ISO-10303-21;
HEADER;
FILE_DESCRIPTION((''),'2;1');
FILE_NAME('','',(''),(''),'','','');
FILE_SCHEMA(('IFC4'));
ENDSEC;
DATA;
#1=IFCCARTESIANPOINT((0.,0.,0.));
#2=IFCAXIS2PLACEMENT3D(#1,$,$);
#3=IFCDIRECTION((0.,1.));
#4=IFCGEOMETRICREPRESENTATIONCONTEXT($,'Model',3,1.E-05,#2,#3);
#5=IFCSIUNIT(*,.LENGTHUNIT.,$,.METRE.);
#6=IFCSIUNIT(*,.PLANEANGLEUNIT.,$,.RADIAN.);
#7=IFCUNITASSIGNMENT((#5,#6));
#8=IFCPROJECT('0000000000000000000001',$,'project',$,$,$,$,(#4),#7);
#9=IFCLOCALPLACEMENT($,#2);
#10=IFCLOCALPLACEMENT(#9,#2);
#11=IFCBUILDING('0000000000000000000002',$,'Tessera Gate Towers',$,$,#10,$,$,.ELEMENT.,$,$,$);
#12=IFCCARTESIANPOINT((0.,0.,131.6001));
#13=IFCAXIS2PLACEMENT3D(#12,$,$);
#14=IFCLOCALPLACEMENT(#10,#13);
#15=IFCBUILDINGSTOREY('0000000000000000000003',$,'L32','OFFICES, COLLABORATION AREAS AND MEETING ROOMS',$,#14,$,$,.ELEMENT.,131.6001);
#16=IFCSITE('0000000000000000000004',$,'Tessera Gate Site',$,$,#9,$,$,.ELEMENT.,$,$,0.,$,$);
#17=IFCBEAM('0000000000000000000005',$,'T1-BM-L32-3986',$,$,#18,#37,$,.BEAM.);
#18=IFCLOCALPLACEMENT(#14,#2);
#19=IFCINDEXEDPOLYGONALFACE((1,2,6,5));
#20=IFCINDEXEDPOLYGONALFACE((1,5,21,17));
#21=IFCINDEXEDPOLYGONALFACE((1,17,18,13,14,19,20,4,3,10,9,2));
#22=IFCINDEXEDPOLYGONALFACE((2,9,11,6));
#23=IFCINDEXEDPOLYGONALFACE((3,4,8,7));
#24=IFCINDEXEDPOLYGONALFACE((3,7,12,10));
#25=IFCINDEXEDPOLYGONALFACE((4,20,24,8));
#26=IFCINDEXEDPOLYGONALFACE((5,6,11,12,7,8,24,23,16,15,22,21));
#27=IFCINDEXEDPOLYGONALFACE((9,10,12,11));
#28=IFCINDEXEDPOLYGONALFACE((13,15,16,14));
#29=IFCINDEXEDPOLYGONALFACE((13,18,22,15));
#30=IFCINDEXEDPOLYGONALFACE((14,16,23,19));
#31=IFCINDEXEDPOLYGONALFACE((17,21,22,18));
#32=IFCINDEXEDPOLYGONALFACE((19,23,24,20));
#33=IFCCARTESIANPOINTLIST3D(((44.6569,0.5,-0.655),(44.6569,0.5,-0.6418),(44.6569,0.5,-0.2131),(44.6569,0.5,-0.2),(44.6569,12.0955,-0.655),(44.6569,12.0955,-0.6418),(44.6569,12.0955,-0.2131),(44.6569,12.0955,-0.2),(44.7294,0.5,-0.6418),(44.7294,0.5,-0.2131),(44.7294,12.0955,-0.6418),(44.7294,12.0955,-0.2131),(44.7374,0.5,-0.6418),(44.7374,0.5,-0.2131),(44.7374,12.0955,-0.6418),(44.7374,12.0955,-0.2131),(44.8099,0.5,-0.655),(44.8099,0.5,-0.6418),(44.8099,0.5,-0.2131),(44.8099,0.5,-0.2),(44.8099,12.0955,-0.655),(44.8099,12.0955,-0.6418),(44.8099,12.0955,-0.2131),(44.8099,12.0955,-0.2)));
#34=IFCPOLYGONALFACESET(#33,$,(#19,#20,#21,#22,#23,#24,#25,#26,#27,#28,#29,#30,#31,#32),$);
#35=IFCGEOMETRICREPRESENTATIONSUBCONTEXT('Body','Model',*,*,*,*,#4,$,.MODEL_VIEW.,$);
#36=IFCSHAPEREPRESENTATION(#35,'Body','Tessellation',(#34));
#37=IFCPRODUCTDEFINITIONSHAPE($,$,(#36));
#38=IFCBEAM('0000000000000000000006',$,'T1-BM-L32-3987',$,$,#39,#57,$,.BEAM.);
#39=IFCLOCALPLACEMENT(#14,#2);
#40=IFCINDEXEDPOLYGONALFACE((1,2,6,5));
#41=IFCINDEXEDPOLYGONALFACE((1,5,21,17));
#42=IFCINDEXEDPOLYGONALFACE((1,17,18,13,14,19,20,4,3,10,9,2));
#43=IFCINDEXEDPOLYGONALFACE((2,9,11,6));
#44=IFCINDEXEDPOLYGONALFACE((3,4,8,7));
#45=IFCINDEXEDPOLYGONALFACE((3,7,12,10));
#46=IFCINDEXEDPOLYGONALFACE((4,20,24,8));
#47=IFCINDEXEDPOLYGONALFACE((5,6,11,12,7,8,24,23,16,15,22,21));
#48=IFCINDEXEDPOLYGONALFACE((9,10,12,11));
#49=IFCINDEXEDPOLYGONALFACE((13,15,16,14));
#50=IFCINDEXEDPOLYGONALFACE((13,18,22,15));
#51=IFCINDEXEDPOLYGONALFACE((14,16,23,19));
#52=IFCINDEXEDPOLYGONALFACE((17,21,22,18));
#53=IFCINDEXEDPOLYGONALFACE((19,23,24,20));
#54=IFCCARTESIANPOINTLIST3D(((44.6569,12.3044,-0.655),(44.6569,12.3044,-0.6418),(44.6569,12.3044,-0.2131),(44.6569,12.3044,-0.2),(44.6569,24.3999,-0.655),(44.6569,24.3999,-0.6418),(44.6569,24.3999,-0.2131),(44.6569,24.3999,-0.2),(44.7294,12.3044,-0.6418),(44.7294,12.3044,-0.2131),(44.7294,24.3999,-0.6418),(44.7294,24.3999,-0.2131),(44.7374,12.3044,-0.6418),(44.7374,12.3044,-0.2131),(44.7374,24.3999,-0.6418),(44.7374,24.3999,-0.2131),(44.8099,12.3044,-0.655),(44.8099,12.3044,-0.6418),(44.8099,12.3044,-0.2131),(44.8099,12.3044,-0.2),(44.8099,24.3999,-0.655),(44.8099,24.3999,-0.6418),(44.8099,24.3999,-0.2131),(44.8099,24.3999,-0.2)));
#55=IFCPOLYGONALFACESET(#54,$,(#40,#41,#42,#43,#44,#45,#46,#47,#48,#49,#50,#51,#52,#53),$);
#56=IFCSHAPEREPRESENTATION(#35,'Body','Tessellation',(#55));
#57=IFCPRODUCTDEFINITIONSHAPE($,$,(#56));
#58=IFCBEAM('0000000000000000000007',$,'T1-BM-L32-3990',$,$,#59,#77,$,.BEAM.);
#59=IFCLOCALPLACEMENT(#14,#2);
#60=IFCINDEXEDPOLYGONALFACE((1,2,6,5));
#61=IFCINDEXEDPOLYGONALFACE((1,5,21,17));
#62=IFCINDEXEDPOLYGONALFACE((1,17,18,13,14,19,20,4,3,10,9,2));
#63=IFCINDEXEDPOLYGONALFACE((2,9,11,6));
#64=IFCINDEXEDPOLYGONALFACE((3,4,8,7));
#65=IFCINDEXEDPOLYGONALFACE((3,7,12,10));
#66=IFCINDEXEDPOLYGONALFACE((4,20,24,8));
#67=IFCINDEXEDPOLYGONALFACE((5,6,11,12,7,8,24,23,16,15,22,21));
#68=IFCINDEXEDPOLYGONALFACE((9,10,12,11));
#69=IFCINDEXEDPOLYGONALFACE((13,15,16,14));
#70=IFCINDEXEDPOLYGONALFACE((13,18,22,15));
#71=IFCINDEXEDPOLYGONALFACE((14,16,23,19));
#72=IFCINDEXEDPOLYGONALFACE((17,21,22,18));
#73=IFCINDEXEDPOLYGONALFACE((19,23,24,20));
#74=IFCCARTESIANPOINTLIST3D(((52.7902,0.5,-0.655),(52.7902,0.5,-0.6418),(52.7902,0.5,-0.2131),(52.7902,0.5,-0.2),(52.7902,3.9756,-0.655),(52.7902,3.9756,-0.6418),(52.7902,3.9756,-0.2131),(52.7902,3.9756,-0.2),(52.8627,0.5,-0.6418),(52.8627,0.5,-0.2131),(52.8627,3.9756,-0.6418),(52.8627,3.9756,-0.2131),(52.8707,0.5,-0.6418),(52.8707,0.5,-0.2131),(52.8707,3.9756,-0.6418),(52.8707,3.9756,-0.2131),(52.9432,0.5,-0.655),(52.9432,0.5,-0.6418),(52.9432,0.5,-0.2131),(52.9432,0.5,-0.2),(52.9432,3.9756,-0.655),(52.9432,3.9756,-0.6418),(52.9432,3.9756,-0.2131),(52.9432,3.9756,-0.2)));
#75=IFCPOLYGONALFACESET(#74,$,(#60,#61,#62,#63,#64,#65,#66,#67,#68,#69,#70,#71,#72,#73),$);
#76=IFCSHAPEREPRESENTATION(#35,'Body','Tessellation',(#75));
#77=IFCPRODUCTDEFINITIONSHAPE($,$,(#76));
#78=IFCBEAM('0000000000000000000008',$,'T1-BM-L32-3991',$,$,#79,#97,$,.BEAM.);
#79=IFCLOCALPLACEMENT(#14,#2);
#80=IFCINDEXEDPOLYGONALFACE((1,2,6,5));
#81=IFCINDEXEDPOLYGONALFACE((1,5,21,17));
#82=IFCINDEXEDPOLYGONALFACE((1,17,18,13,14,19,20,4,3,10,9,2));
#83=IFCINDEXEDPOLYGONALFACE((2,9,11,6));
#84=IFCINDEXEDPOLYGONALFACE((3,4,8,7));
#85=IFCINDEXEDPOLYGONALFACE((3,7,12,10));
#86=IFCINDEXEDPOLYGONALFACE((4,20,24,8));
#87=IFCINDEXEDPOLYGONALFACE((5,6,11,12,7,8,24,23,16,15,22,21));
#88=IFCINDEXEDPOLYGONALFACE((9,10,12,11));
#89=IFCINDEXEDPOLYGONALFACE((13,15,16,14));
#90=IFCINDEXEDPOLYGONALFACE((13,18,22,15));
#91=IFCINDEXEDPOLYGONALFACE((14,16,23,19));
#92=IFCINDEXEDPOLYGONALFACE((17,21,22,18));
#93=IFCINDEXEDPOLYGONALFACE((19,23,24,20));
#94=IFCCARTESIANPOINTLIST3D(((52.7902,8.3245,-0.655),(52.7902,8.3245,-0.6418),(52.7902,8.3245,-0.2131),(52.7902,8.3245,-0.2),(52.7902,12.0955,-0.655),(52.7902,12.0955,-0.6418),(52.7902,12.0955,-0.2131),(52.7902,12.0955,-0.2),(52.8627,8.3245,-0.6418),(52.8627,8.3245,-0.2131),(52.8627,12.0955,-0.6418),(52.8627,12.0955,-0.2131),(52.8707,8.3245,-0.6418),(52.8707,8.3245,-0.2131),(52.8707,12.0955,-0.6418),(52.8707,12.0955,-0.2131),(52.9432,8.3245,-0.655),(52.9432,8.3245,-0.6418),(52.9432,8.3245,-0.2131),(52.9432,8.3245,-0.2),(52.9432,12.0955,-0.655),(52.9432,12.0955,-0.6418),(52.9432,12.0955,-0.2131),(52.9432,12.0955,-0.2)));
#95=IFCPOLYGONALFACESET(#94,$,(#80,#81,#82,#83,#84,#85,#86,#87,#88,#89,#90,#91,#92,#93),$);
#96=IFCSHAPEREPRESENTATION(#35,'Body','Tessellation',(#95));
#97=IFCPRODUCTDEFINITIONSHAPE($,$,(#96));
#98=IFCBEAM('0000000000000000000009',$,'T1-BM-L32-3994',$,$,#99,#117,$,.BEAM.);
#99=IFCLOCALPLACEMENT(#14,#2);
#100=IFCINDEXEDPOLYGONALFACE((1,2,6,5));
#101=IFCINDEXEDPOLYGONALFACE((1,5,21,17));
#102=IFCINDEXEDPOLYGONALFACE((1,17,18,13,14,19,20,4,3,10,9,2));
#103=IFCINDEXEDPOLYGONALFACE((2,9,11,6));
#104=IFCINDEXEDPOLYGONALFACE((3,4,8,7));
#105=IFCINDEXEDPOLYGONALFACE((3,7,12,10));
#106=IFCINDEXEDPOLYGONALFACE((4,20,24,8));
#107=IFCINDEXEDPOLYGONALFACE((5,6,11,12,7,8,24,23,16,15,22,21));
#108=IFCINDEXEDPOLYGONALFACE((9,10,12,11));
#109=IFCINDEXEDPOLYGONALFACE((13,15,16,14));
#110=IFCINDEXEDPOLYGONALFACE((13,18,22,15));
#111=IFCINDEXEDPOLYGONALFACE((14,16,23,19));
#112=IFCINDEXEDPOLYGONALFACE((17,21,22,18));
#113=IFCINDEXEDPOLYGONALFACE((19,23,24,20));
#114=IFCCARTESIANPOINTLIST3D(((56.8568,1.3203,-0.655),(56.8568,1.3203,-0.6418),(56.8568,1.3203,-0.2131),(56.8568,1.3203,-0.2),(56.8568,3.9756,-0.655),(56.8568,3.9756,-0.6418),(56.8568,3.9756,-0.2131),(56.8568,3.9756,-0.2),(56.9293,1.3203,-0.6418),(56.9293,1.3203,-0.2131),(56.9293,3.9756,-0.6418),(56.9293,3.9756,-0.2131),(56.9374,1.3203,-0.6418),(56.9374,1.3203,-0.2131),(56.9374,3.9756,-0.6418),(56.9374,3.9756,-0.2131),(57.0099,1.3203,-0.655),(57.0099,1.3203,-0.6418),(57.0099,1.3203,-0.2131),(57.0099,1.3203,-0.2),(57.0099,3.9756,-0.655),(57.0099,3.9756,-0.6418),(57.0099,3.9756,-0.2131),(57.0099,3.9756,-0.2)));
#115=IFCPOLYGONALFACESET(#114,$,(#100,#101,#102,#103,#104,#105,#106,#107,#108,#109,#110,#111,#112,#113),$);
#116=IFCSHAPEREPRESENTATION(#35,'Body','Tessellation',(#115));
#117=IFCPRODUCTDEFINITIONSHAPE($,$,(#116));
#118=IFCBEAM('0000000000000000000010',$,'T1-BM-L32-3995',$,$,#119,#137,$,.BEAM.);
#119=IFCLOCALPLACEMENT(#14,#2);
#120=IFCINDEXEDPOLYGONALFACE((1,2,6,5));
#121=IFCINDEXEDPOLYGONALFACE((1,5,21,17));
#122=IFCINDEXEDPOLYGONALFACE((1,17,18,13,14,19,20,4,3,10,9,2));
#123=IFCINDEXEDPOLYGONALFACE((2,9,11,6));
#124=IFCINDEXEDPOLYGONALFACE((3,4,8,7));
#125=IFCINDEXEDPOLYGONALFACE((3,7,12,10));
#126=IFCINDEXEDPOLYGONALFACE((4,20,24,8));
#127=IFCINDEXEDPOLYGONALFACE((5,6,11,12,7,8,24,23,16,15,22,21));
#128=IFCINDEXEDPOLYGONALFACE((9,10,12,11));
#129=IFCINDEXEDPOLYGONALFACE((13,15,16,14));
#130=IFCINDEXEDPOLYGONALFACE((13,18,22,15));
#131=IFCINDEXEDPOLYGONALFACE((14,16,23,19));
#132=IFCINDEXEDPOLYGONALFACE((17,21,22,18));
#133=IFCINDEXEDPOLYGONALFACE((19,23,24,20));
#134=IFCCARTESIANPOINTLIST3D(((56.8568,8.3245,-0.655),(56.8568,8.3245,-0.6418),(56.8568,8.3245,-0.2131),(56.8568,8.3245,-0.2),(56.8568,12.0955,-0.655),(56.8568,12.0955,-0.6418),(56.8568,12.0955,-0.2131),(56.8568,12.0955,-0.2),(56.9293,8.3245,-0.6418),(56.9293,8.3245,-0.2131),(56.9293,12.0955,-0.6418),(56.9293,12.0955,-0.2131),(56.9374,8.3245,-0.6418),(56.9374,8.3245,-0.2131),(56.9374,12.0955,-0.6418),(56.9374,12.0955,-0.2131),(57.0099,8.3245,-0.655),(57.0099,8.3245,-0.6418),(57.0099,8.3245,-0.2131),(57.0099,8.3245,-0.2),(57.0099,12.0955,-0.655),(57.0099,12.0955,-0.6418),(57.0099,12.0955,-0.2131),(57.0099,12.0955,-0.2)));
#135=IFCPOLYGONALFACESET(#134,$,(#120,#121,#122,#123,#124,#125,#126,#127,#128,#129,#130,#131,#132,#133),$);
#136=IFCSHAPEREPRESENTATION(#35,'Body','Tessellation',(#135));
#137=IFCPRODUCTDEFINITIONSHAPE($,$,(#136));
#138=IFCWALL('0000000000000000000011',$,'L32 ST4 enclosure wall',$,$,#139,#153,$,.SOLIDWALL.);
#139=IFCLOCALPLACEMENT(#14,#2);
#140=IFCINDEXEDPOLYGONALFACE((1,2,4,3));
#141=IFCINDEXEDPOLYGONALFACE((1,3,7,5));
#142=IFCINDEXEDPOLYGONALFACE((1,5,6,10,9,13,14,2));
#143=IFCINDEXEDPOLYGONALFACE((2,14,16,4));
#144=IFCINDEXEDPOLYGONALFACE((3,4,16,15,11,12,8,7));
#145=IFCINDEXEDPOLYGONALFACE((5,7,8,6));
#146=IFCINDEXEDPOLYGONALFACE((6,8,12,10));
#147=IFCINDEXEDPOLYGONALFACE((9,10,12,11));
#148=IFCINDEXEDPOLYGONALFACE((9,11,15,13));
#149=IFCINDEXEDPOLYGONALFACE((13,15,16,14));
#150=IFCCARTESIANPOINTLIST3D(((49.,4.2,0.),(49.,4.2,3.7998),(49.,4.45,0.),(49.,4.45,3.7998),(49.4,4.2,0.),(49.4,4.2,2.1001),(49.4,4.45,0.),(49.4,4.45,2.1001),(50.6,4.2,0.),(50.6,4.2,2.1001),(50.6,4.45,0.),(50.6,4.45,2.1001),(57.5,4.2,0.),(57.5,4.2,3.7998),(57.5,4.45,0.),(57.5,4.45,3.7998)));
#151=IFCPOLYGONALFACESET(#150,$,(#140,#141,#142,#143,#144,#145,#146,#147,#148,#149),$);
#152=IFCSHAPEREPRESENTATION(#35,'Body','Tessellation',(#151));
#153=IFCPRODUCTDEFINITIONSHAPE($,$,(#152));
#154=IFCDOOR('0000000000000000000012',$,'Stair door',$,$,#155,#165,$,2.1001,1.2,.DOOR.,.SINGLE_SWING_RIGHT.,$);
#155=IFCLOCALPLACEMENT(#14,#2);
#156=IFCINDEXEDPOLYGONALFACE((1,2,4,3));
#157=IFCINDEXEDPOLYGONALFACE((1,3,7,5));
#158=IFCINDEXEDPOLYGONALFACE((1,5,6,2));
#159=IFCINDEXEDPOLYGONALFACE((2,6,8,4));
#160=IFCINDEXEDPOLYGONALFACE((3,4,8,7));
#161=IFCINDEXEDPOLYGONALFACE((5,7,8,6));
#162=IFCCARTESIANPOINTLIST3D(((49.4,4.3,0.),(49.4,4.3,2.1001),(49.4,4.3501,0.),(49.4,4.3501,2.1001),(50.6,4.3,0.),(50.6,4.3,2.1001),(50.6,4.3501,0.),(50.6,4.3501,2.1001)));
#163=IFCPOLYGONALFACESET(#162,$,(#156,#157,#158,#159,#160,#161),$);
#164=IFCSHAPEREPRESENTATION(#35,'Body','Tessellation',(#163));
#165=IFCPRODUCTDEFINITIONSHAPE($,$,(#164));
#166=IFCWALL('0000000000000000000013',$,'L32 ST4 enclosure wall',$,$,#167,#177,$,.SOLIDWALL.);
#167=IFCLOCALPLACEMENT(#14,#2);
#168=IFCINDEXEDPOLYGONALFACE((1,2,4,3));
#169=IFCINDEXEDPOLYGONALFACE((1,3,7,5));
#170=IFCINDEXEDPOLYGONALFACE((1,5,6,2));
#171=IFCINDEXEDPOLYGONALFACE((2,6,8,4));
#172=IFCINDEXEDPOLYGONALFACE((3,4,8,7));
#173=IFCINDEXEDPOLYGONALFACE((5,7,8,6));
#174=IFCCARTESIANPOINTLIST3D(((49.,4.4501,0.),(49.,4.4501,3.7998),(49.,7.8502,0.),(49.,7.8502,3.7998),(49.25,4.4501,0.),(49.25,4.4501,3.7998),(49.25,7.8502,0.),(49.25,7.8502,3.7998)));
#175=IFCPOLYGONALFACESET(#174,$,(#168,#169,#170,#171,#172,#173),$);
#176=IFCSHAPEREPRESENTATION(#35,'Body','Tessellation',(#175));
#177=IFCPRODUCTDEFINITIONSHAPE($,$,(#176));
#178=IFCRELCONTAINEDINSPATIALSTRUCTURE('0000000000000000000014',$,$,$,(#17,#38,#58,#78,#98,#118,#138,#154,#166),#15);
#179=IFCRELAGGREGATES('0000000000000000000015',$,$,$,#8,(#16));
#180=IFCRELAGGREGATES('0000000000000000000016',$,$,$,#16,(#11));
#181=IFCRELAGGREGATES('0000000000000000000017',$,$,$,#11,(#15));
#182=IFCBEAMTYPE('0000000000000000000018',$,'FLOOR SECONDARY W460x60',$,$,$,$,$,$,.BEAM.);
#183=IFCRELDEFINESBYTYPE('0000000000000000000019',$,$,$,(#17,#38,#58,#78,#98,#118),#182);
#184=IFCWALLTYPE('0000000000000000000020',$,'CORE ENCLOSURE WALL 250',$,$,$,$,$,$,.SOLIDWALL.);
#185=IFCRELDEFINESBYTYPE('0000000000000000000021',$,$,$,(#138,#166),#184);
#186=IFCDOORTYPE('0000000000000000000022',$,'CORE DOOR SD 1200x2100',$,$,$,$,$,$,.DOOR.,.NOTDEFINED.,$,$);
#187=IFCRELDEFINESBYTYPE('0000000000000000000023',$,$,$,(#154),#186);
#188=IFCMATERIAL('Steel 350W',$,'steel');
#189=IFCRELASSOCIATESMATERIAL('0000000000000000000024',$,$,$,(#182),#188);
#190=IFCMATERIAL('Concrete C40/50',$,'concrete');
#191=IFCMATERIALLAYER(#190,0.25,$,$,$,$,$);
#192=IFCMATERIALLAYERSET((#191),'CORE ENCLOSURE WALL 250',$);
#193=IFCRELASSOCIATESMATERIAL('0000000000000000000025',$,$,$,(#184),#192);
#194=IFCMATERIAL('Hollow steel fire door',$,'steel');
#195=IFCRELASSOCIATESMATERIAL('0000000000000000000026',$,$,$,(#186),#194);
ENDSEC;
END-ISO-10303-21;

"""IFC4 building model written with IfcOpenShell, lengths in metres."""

from ifc_helpers import new_model, si_unit, direction, frame, frame_2d, origin, origin_2d, place, context, subcontext, project, spatial, rectangle, i_section, extrude, source, transform, mapped, material, layer, layer_set, material_profile, profile_set, type_object, element, fill, save


model = new_model("IFC4")

# Units and contexts
model_context = context("Model", 3, precision=1e-05, world=origin(), true_north=direction((0.0, 1.0)))
body_context = subcontext(model_context, "Body", "Model", "MODEL_VIEW")
ifc_project = project(units=[si_unit("LENGTHUNIT", "METRE"), si_unit("PLANEANGLEUNIT", "RADIAN")], contexts=[model_context])

# Site, building, storey
site_placement = place(None, origin())
site = spatial("IfcSite", under=ifc_project, at=site_placement, Name="Tessera Gate Site", CompositionType="ELEMENT", RefElevation=0.0)
building_placement = place(site_placement, origin())
building = spatial("IfcBuilding", under=site, at=building_placement, Name="Tessera Gate Towers", CompositionType="ELEMENT")
storey_placement = place(building_placement, frame((0.0, 0.0, 131.6001)))
storey = spatial("IfcBuildingStorey", under=building, at=storey_placement, Name="L32", Description="OFFICES, COLLABORATION AREAS AND MEETING ROOMS", CompositionType="ELEMENT", Elevation=131.6001)

# Beams
ifc_material_1 = material(Name="Steel 350W", Category="steel")
ifc_material_profile_1 = material_profile(ifc_material_1, i_section(OverallWidth=0.1531, OverallDepth=0.4551, WebThickness=0.0081, FlangeThickness=0.0132, at=origin_2d()), Name="W460x60")
ifc_profile_set_1 = profile_set([ifc_material_profile_1], Name="Steel 350W")
beam_type_1 = type_object("IfcBeamType", Name="FLOOR SECONDARY W460x60", PredefinedType="BEAM", material=ifc_profile_set_1)
beam_1_placement = place(storey_placement, frame((44.7334, 0.5, -0.4275), z_axis=(0.0, 1.0, 0.0), x_axis=(-1.0, 0.0, 0.0)))
element("IfcBeam", 1, at=beam_1_placement, inside=storey, type_object=beam_type_1, Name="T1-BM-L32-3986", PredefinedType="BEAM", context=body_context, shape_type="SweptSolid", body=[
    extrude(i_section(OverallWidth=0.1531, OverallDepth=0.4551, WebThickness=0.0081, FlangeThickness=0.0132, at=origin_2d()), origin(), (0.0, 0.0, 1.0), 11.5955),
])
beam_2_placement = place(storey_placement, frame((44.7334, 12.3044, -0.4275), z_axis=(0.0, 1.0, 0.0), x_axis=(-1.0, 0.0, 0.0)))
element("IfcBeam", 2, at=beam_2_placement, inside=storey, type_object=beam_type_1, Name="T1-BM-L32-3987", PredefinedType="BEAM", context=body_context, shape_type="SweptSolid", body=[
    extrude(i_section(OverallWidth=0.1531, OverallDepth=0.4551, WebThickness=0.0081, FlangeThickness=0.0132, at=origin_2d()), origin(), (0.0, 0.0, 1.0), 12.0955),
])
beam_3_placement = place(storey_placement, frame((52.8667, 0.5, -0.4275), z_axis=(0.0, 1.0, 0.0), x_axis=(-1.0, 0.0, 0.0)))
element("IfcBeam", 3, at=beam_3_placement, inside=storey, type_object=beam_type_1, Name="T1-BM-L32-3990", PredefinedType="BEAM", context=body_context, shape_type="SweptSolid", body=[
    extrude(i_section(OverallWidth=0.1531, OverallDepth=0.4551, WebThickness=0.0081, FlangeThickness=0.0132, at=origin_2d()), origin(), (0.0, 0.0, 1.0), 3.4756),
])
beam_4_placement = place(storey_placement, frame((52.8667, 8.3245, -0.4275), z_axis=(0.0, 1.0, 0.0), x_axis=(-1.0, 0.0, 0.0)))
element("IfcBeam", 4, at=beam_4_placement, inside=storey, type_object=beam_type_1, Name="T1-BM-L32-3991", PredefinedType="BEAM", context=body_context, shape_type="SweptSolid", body=[
    extrude(i_section(OverallWidth=0.1531, OverallDepth=0.4551, WebThickness=0.0081, FlangeThickness=0.0132, at=origin_2d()), origin(), (0.0, 0.0, 1.0), 3.771),
])
beam_5_placement = place(storey_placement, frame((56.9333, 1.3203, -0.4275), z_axis=(0.0, 1.0, 0.0), x_axis=(-1.0, 0.0, 0.0)))
element("IfcBeam", 5, at=beam_5_placement, inside=storey, type_object=beam_type_1, Name="T1-BM-L32-3994", PredefinedType="BEAM", context=body_context, shape_type="SweptSolid", body=[
    extrude(i_section(OverallWidth=0.1531, OverallDepth=0.4551, WebThickness=0.0081, FlangeThickness=0.0132, at=origin_2d()), origin(), (0.0, 0.0, 1.0), 2.6553),
])
beam_6_placement = place(storey_placement, frame((56.9333, 8.3245, -0.4275), z_axis=(0.0, 1.0, 0.0), x_axis=(-1.0, 0.0, 0.0)))
element("IfcBeam", 6, at=beam_6_placement, inside=storey, type_object=beam_type_1, Name="T1-BM-L32-3995", PredefinedType="BEAM", context=body_context, shape_type="SweptSolid", body=[
    extrude(i_section(OverallWidth=0.1531, OverallDepth=0.4551, WebThickness=0.0081, FlangeThickness=0.0132, at=origin_2d()), origin(), (0.0, 0.0, 1.0), 3.771),
])

# Wall, opening, door
ifc_material_2 = material(Name="Concrete C40/50", Category="concrete")
ifc_layer_1 = layer(ifc_material_2, 0.25)
ifc_layer_set_1 = layer_set([ifc_layer_1], Name="CORE ENCLOSURE WALL 250")
wall_type_1 = type_object("IfcWallType", Name="CORE ENCLOSURE WALL 250", PredefinedType="SOLIDWALL", material=ifc_layer_set_1)
wall_1_placement = place(storey_placement, frame((57.5, 4.325, 0.0), z_axis=(0.0, 0.0, 1.0), x_axis=(-1.0, 0.0, 0.0)))
wall_1 = element("IfcWall", 7, at=wall_1_placement, inside=storey, type_object=wall_type_1, Name="L32 ST4 enclosure wall", PredefinedType="SOLIDWALL", context=body_context, shape_type="SweptSolid", body=[
    extrude(rectangle(XDim=8.5, YDim=0.25, at=frame_2d((4.25, 0.0))), origin(), (0.0, 0.0, 1.0), 3.7998),
])
shared_shape_1 = source(origin(), body_context, "Body", "SweptSolid", [
    extrude(rectangle(XDim=1.2, YDim=2.1001, at=frame_2d((0.6001, 1.05))), frame((0.0, 0.135, 0.0), z_axis=(0.0, -1.0, 0.0), x_axis=(1.0, 0.0, 0.0)), (0.0, 0.0, 1.0), 0.27),
])
opening_1_placement = place(wall_1_placement, frame((6.8999, 0.0, 0.0)))
opening_1 = element("IfcOpeningElement", 8, at=opening_1_placement, cuts=wall_1, PredefinedType="OPENING", context=body_context, shape_type="MappedRepresentation", body=[
    mapped(shared_shape_1, transform((0.0, 0.0, 0.0), scale=1.0)),
])
ifc_material_3 = material(Name="Hollow steel fire door", Category="steel")
door_type_1 = type_object("IfcDoorType", Name="CORE DOOR SD 1200x2100", OperationType="NOTDEFINED", PredefinedType="DOOR", material=ifc_material_3)
shared_shape_2 = source(origin(), body_context, "Body", "SweptSolid", [
    extrude(rectangle(XDim=1.2, YDim=2.1001, at=frame_2d((0.6001, 1.05))), frame((0.0, 0.0249, 0.0), z_axis=(0.0, -1.0, 0.0), x_axis=(1.0, 0.0, 0.0)), (0.0, 0.0, 1.0), 0.05),
])
door_1_placement = place(opening_1_placement, origin())
door_1 = element("IfcDoor", 9, at=door_1_placement, inside=storey, type_object=door_type_1, Name="Stair door", OperationType="SINGLE_SWING_RIGHT", OverallHeight=2.1001, OverallWidth=1.2, PredefinedType="DOOR", context=body_context, shape_type="MappedRepresentation", body=[
    mapped(shared_shape_2, transform((0.0, 0.0, 0.0), scale=1.0)),
])
fill(opening_1, door_1)

# Wall
wall_2_placement = place(storey_placement, frame((49.125, 4.45, 0.0), z_axis=(0.0, 0.0, 1.0), x_axis=(0.0, 1.0, 0.0)))
element("IfcWall", 10, at=wall_2_placement, inside=storey, type_object=wall_type_1, Name="L32 ST4 enclosure wall", PredefinedType="SOLIDWALL", context=body_context, shape_type="SweptSolid", body=[
    extrude(rectangle(XDim=3.4001, YDim=0.25, at=frame_2d((1.7002, 0.0))), origin(), (0.0, 0.0, 1.0), 3.7998),
])

save(model, "model.ifc")
